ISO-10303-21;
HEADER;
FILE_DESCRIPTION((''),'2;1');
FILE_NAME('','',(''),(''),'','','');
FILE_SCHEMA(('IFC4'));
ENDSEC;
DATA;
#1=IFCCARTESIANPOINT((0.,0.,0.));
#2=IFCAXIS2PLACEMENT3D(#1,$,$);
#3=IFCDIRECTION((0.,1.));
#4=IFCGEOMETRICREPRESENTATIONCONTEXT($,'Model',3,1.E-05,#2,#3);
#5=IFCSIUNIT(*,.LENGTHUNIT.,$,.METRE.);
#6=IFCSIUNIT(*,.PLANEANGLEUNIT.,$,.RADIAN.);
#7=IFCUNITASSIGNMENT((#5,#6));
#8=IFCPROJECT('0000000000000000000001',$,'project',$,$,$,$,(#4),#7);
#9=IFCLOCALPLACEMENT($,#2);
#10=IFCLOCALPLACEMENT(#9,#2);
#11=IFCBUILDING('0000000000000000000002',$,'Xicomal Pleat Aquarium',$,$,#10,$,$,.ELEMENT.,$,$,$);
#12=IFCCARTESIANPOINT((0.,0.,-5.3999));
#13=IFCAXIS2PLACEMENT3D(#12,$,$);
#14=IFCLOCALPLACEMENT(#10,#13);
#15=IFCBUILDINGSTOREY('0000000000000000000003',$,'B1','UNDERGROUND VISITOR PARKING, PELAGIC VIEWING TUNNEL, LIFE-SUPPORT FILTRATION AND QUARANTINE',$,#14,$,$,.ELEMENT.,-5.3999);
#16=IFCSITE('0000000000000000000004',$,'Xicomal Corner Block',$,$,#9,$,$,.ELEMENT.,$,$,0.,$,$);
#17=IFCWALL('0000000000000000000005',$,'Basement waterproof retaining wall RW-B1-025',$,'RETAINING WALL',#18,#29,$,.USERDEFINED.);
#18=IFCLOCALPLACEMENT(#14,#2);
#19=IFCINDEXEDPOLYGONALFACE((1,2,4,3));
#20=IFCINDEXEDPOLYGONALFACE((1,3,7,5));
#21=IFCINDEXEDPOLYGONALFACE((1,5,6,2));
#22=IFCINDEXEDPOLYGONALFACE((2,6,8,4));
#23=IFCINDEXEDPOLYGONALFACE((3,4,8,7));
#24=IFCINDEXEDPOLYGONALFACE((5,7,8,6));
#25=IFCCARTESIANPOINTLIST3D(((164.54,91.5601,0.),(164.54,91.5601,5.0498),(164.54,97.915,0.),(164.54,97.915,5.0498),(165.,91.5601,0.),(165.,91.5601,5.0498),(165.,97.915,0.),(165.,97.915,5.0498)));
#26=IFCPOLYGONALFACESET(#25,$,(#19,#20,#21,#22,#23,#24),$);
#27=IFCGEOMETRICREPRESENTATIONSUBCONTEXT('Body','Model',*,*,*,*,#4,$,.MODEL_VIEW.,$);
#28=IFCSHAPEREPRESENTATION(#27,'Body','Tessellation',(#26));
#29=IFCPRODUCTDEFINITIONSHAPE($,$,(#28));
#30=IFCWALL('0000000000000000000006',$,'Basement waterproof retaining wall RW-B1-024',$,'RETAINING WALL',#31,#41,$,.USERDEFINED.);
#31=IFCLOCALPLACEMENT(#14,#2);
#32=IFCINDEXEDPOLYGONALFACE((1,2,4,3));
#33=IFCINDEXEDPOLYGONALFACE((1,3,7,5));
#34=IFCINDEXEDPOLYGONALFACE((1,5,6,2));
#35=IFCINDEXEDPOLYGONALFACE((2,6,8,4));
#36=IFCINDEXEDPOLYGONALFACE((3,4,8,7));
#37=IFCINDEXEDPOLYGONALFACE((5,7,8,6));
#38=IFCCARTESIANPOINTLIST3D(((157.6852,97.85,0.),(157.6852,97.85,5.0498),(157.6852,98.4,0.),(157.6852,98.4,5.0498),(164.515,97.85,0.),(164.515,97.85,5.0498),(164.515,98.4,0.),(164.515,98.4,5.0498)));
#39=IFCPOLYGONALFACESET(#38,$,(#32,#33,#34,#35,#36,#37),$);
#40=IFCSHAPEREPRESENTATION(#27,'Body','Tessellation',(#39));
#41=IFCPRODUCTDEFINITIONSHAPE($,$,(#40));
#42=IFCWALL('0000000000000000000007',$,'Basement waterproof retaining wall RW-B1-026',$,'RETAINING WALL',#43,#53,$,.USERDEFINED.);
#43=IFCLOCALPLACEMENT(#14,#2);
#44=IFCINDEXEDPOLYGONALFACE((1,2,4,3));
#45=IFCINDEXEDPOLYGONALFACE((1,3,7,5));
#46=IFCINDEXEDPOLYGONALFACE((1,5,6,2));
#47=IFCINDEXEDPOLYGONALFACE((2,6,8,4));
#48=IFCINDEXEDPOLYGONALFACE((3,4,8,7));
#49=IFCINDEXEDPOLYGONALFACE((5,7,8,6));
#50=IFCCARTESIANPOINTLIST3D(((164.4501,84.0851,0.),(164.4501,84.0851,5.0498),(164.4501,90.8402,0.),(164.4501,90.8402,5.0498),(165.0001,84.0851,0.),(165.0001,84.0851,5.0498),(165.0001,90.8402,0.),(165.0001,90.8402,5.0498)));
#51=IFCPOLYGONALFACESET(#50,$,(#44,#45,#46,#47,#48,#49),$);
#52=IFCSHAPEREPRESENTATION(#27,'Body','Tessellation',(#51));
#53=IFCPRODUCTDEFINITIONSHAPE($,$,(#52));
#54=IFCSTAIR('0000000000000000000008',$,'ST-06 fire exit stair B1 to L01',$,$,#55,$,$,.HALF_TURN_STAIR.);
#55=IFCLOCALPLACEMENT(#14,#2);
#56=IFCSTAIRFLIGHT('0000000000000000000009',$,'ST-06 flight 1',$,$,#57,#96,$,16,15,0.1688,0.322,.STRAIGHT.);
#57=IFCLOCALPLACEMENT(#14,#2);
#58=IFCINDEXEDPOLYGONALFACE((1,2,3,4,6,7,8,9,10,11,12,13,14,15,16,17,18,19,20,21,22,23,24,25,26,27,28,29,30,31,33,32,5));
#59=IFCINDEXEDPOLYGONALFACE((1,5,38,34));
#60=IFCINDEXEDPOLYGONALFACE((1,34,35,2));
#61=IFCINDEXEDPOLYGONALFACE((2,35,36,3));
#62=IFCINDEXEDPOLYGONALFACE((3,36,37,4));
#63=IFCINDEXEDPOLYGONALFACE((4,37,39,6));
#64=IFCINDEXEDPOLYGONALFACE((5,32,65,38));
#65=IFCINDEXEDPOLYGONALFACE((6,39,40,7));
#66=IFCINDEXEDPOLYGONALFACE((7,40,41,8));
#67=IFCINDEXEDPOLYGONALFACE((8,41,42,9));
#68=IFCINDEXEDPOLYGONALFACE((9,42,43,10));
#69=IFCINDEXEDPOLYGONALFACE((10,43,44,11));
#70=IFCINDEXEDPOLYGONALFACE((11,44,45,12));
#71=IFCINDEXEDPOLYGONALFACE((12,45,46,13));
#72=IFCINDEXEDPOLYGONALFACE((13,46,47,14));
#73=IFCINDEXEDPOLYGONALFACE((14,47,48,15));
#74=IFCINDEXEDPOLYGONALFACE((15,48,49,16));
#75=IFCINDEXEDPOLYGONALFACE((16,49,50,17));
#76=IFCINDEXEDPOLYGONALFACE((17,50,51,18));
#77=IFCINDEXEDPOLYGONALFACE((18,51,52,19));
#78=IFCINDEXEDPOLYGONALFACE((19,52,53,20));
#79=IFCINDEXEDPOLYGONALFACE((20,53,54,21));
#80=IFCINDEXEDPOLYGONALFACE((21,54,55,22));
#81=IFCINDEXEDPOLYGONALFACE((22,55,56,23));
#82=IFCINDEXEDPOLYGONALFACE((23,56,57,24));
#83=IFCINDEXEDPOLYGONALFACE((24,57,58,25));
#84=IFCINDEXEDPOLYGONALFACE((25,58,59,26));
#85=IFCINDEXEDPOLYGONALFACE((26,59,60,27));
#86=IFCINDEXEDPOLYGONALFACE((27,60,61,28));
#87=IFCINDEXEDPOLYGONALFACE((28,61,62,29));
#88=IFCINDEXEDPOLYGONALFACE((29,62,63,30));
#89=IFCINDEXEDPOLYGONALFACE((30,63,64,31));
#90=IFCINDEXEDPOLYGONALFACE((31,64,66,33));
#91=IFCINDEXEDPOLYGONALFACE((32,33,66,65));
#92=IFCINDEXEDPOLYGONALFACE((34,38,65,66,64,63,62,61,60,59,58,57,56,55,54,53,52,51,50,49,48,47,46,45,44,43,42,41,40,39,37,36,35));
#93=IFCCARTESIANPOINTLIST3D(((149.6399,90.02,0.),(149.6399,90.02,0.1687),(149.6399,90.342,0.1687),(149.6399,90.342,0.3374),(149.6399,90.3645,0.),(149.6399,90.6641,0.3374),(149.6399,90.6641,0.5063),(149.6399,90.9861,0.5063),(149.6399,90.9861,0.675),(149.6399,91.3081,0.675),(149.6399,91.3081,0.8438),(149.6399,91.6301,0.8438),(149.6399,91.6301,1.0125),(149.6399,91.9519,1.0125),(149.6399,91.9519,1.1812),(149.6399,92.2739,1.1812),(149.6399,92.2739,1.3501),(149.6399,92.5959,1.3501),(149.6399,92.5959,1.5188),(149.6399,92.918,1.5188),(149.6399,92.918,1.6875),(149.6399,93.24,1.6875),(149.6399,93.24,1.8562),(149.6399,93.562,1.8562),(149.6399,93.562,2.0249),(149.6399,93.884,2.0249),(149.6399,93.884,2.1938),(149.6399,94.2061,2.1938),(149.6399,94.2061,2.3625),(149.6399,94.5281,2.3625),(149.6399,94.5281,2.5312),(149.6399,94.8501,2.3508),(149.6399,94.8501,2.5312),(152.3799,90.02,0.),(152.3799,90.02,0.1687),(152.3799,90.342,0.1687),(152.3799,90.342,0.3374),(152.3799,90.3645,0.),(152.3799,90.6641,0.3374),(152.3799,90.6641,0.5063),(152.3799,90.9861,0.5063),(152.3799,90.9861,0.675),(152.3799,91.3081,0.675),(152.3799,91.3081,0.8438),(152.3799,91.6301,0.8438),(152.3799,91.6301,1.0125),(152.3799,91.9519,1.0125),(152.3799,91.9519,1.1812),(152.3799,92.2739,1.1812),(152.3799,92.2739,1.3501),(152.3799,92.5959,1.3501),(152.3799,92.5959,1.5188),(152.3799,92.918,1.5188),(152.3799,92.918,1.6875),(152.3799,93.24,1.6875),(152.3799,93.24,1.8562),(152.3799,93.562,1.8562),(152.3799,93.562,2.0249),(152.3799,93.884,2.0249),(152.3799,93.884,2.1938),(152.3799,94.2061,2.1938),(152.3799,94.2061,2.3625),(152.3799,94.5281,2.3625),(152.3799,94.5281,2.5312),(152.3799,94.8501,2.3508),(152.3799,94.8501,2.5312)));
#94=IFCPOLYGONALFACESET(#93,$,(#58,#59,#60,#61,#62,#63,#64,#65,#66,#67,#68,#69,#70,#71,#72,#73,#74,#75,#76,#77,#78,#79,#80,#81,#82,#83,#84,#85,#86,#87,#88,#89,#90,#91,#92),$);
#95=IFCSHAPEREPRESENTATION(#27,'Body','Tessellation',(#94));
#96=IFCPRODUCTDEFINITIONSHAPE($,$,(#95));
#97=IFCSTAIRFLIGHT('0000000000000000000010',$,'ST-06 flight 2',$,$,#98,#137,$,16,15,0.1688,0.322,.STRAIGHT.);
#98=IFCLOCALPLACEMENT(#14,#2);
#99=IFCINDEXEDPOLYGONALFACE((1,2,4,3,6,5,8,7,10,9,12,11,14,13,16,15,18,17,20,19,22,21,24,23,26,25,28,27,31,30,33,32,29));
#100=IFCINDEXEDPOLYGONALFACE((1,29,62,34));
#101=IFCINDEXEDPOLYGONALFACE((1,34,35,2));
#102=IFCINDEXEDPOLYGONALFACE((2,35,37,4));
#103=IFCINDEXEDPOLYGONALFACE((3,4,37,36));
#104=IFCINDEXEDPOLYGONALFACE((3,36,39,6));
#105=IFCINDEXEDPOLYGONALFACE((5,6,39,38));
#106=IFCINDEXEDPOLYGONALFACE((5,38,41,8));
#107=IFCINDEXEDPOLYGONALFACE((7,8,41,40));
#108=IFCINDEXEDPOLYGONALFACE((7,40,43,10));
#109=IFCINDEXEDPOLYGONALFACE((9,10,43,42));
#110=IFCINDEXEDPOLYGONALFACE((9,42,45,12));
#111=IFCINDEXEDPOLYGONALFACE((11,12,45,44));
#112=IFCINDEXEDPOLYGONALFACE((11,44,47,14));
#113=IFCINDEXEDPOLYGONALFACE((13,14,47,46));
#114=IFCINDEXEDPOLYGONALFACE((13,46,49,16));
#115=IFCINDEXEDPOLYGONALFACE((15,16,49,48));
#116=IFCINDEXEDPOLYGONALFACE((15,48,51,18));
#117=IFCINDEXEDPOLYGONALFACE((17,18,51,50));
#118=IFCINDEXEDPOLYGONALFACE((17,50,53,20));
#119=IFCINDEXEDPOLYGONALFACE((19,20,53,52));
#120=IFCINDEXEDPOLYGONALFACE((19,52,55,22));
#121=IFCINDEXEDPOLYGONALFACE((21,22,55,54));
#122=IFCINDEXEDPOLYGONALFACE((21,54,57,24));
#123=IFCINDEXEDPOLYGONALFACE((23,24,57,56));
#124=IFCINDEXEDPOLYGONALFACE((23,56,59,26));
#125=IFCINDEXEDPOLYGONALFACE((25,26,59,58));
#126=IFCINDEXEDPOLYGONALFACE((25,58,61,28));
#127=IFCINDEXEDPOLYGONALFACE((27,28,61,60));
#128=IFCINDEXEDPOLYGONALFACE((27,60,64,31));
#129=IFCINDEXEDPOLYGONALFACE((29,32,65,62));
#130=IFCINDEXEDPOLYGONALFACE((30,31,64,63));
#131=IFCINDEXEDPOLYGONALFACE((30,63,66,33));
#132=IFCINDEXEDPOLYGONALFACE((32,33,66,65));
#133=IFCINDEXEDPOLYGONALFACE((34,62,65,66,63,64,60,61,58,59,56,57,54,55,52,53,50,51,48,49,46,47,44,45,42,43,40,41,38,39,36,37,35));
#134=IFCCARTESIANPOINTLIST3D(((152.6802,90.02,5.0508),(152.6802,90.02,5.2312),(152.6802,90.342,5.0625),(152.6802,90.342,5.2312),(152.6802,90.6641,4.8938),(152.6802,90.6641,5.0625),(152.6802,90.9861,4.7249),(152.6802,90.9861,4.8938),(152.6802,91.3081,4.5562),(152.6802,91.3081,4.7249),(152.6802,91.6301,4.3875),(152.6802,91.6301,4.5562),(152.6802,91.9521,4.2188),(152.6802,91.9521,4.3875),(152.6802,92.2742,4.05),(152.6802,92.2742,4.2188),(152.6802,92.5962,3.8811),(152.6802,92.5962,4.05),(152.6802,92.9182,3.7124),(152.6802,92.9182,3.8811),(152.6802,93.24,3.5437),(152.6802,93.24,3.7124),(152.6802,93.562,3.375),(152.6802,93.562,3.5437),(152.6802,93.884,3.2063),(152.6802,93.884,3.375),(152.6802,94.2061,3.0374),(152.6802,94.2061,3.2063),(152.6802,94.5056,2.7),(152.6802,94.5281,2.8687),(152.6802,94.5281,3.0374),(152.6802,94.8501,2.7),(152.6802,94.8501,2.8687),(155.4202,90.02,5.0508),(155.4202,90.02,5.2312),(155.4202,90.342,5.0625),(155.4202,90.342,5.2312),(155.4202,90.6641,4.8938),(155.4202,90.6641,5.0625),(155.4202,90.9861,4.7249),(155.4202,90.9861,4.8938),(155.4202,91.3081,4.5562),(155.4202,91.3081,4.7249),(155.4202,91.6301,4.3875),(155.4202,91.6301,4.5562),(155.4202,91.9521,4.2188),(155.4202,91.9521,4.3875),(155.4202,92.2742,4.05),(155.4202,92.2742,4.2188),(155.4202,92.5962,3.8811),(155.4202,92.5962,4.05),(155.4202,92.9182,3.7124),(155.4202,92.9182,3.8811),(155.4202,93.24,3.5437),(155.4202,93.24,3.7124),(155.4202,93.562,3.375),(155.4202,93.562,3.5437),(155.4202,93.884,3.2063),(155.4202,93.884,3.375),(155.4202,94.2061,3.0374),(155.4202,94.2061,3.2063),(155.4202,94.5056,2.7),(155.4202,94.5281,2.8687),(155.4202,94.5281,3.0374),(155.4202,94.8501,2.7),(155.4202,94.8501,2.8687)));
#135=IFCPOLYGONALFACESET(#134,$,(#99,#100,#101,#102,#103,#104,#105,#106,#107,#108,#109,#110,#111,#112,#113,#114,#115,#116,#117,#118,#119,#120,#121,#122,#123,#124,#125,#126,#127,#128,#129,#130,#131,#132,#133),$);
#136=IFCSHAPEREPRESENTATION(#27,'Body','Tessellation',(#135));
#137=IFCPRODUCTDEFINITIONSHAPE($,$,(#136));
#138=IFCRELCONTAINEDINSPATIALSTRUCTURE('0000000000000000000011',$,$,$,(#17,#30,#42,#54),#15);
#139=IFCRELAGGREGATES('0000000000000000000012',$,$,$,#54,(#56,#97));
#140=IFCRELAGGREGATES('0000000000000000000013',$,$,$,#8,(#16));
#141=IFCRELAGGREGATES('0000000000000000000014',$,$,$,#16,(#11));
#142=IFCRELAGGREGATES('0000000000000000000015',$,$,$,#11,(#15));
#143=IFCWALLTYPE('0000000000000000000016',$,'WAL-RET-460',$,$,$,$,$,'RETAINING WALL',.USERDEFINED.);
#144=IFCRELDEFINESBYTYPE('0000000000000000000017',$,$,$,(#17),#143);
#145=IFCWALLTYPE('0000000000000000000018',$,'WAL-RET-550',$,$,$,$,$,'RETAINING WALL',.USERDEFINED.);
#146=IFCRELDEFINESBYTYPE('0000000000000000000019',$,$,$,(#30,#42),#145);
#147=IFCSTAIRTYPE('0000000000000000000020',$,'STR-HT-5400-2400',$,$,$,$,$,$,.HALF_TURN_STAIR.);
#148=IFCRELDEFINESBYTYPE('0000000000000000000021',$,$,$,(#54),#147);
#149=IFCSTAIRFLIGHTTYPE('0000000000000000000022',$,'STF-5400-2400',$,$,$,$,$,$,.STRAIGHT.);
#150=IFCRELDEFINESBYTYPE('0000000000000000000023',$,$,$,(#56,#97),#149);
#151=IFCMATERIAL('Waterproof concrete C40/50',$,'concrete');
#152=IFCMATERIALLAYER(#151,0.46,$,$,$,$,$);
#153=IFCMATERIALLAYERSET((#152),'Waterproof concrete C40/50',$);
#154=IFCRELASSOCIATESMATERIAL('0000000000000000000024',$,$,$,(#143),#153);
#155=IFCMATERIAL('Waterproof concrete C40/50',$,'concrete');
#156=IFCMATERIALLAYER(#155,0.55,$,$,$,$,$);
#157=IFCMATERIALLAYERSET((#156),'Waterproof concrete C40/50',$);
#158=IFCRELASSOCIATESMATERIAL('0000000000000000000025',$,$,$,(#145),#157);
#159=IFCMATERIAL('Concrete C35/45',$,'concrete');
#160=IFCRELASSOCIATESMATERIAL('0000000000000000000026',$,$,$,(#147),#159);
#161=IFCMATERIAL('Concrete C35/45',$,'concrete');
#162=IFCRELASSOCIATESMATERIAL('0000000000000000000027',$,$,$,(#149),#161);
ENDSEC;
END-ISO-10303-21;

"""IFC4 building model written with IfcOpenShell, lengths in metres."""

from ifc_helpers import new_model, si_unit, direction, frame, frame_2d, origin, place, context, subcontext, project, spatial, polyline, rectangle, outline, extrude, material, layer, layer_set, type_object, element, aggregate, save


model = new_model("IFC4")

# Units and contexts
model_context = context("Model", 3, precision=1e-05, world=origin(), true_north=direction((0.0, 1.0)))
body_context = subcontext(model_context, "Body", "Model", "MODEL_VIEW")
ifc_project = project(units=[si_unit("LENGTHUNIT", "METRE"), si_unit("PLANEANGLEUNIT", "RADIAN")], contexts=[model_context])

# Site, building, storey
site_placement = place(None, origin())
site = spatial("IfcSite", under=ifc_project, at=site_placement, Name="Xicomal Corner Block", CompositionType="ELEMENT", RefElevation=0.0)
building_placement = place(site_placement, origin())
building = spatial("IfcBuilding", under=site, at=building_placement, Name="Xicomal Pleat Aquarium", CompositionType="ELEMENT")
storey_placement = place(building_placement, frame((0.0, 0.0, -5.3999)))
storey = spatial("IfcBuildingStorey", under=building, at=storey_placement, Name="B1", Description="UNDERGROUND VISITOR PARKING, PELAGIC VIEWING TUNNEL, LIFE-SUPPORT FILTRATION AND QUARANTINE", CompositionType="ELEMENT", Elevation=-5.3999)

# Walls
ifc_material_1 = material(Name="Waterproof concrete C40/50", Category="concrete")
ifc_layer_1 = layer(ifc_material_1, 0.46)
ifc_layer_set_1 = layer_set([ifc_layer_1], Name="Waterproof concrete C40/50")
wall_type_1 = type_object("IfcWallType", Name="WAL-RET-460", ElementType="RETAINING WALL", PredefinedType="USERDEFINED", material=ifc_layer_set_1)
wall_1_placement = place(storey_placement, frame((164.77, 97.915, 0.0), z_axis=(0.0, 0.0, 1.0), x_axis=(0.0, -1.0, 0.0)))
element("IfcWall", 1, at=wall_1_placement, inside=storey, type_object=wall_type_1, Name="Basement waterproof retaining wall RW-B1-025", ObjectType="RETAINING WALL", PredefinedType="USERDEFINED", context=body_context, shape_type="SweptSolid", body=[
    extrude(rectangle(XDim=6.355, YDim=0.46, at=frame_2d((3.1775, 0.0))), origin(), (0.0, 0.0, 1.0), 5.0498),
])
ifc_material_2 = material(Name="Waterproof concrete C40/50", Category="concrete")
ifc_layer_2 = layer(ifc_material_2, 0.55)
ifc_layer_set_2 = layer_set([ifc_layer_2], Name="Waterproof concrete C40/50")
wall_type_2 = type_object("IfcWallType", Name="WAL-RET-550", ElementType="RETAINING WALL", PredefinedType="USERDEFINED", material=ifc_layer_set_2)
wall_2_placement = place(storey_placement, frame((157.6851, 98.125, 0.0), z_axis=(0.0, 0.0, 1.0), x_axis=(1.0, 0.0, 0.0)))
element("IfcWall", 2, at=wall_2_placement, inside=storey, type_object=wall_type_2, Name="Basement waterproof retaining wall RW-B1-024", ObjectType="RETAINING WALL", PredefinedType="USERDEFINED", context=body_context, shape_type="SweptSolid", body=[
    extrude(rectangle(XDim=6.8298, YDim=0.55, at=frame_2d((3.415, 0.0))), origin(), (0.0, 0.0, 1.0), 5.0498),
])
wall_3_placement = place(storey_placement, frame((164.7251, 90.8401, 0.0), z_axis=(0.0, 0.0, 1.0), x_axis=(0.0, -1.0, 0.0)))
element("IfcWall", 3, at=wall_3_placement, inside=storey, type_object=wall_type_2, Name="Basement waterproof retaining wall RW-B1-026", ObjectType="RETAINING WALL", PredefinedType="USERDEFINED", context=body_context, shape_type="SweptSolid", body=[
    extrude(rectangle(XDim=6.7551, YDim=0.55, at=frame_2d((3.3774, 0.0))), origin(), (0.0, 0.0, 1.0), 5.0498),
])

# Stair, stair flights
ifc_material_3 = material(Name="Concrete C35/45", Category="concrete")
stair_type = type_object("IfcStairType", Name="STR-HT-5400-2400", PredefinedType="HALF_TURN_STAIR", material=ifc_material_3)
stair_placement = place(storey_placement, origin())
stair = element("IfcStair", 4, at=stair_placement, inside=storey, type_object=stair_type, Name="ST-06 fire exit stair B1 to L01", PredefinedType="HALF_TURN_STAIR")
ifc_material_4 = material(Name="Concrete C35/45", Category="concrete")
stair_flight_type = type_object("IfcStairFlightType", Name="STF-5400-2400", PredefinedType="STRAIGHT", material=ifc_material_4)
stair_flight_1_placement = place(storey_placement, frame((151.01, 90.02, 0.0), z_axis=(0.0, 0.0, 1.0), x_axis=(0.0, 1.0, 0.0)))
stair_flight_1 = element("IfcStairFlight", 5, at=stair_flight_1_placement, type_object=stair_flight_type, Name="ST-06 flight 1", NumberOfRisers=16, NumberOfTreads=15, PredefinedType="STRAIGHT", RiserHeight=0.1688, TreadLength=0.322, context=body_context, shape_type="SweptSolid", body=[
    extrude(outline(polyline([(0.0, 0.0), (0.0, 0.1687), (0.322, 0.1687), (0.322, 0.3374), (0.644, 0.3374), (0.644, 0.5063), (0.9661, 0.5063), (0.9661, 0.675), (1.2881, 0.675), (1.2881, 0.8438), (1.6101, 0.8438), (1.6101, 1.0125), (1.9319, 1.0125), (1.9319, 1.1812), (2.2539, 1.1812), (2.2539, 1.3501), (2.5759, 1.3501), (2.5759, 1.5188), (2.8979, 1.5188), (2.8979, 1.6875), (3.22, 1.6875), (3.22, 1.8562), (3.542, 1.8562), (3.542, 2.0249), (3.864, 2.0249), (3.864, 2.1938), (4.186, 2.1938), (4.186, 2.3625), (4.5081, 2.3625), (4.5081, 2.5312), (4.8301, 2.5312), (4.8301, 2.7), (4.8301, 2.3508), (0.3445, 0.0), (0.0, 0.0)])), frame((0.0, 1.3701, 0.0), z_axis=(0.0, -1.0, 0.0), x_axis=(1.0, 0.0, 0.0)), (0.0, 0.0, 1.0), 2.74),
])
stair_flight_2_placement = place(storey_placement, frame((154.05, 94.8501, 2.7), z_axis=(0.0, 0.0, 1.0), x_axis=(0.0, -1.0, 0.0)))
stair_flight_2 = element("IfcStairFlight", 6, at=stair_flight_2_placement, type_object=stair_flight_type, Name="ST-06 flight 2", NumberOfRisers=16, NumberOfTreads=15, PredefinedType="STRAIGHT", RiserHeight=0.1688, TreadLength=0.322, context=body_context, shape_type="SweptSolid", body=[
    extrude(outline(polyline([(0.0, 0.0), (0.0, 0.1687), (0.322, 0.1687), (0.322, 0.3374), (0.644, 0.3374), (0.644, 0.5063), (0.9661, 0.5063), (0.9661, 0.675), (1.2881, 0.675), (1.2881, 0.8438), (1.6101, 0.8438), (1.6101, 1.0125), (1.9319, 1.0125), (1.9319, 1.1812), (2.2539, 1.1812), (2.2539, 1.3501), (2.5759, 1.3501), (2.5759, 1.5188), (2.8979, 1.5188), (2.8979, 1.6875), (3.22, 1.6875), (3.22, 1.8562), (3.542, 1.8562), (3.542, 2.0249), (3.864, 2.0249), (3.864, 2.1938), (4.186, 2.1938), (4.186, 2.3625), (4.5081, 2.3625), (4.5081, 2.5312), (4.8301, 2.5312), (4.8301, 2.7), (4.8301, 2.3508), (0.3445, 0.0), (0.0, 0.0)])), frame((0.0, 1.3701, 0.0), z_axis=(0.0, -1.0, 0.0), x_axis=(1.0, 0.0, 0.0)), (0.0, 0.0, 1.0), 2.74),
])
aggregate(stair, [stair_flight_1, stair_flight_2])

save(model, "model.ifc")
